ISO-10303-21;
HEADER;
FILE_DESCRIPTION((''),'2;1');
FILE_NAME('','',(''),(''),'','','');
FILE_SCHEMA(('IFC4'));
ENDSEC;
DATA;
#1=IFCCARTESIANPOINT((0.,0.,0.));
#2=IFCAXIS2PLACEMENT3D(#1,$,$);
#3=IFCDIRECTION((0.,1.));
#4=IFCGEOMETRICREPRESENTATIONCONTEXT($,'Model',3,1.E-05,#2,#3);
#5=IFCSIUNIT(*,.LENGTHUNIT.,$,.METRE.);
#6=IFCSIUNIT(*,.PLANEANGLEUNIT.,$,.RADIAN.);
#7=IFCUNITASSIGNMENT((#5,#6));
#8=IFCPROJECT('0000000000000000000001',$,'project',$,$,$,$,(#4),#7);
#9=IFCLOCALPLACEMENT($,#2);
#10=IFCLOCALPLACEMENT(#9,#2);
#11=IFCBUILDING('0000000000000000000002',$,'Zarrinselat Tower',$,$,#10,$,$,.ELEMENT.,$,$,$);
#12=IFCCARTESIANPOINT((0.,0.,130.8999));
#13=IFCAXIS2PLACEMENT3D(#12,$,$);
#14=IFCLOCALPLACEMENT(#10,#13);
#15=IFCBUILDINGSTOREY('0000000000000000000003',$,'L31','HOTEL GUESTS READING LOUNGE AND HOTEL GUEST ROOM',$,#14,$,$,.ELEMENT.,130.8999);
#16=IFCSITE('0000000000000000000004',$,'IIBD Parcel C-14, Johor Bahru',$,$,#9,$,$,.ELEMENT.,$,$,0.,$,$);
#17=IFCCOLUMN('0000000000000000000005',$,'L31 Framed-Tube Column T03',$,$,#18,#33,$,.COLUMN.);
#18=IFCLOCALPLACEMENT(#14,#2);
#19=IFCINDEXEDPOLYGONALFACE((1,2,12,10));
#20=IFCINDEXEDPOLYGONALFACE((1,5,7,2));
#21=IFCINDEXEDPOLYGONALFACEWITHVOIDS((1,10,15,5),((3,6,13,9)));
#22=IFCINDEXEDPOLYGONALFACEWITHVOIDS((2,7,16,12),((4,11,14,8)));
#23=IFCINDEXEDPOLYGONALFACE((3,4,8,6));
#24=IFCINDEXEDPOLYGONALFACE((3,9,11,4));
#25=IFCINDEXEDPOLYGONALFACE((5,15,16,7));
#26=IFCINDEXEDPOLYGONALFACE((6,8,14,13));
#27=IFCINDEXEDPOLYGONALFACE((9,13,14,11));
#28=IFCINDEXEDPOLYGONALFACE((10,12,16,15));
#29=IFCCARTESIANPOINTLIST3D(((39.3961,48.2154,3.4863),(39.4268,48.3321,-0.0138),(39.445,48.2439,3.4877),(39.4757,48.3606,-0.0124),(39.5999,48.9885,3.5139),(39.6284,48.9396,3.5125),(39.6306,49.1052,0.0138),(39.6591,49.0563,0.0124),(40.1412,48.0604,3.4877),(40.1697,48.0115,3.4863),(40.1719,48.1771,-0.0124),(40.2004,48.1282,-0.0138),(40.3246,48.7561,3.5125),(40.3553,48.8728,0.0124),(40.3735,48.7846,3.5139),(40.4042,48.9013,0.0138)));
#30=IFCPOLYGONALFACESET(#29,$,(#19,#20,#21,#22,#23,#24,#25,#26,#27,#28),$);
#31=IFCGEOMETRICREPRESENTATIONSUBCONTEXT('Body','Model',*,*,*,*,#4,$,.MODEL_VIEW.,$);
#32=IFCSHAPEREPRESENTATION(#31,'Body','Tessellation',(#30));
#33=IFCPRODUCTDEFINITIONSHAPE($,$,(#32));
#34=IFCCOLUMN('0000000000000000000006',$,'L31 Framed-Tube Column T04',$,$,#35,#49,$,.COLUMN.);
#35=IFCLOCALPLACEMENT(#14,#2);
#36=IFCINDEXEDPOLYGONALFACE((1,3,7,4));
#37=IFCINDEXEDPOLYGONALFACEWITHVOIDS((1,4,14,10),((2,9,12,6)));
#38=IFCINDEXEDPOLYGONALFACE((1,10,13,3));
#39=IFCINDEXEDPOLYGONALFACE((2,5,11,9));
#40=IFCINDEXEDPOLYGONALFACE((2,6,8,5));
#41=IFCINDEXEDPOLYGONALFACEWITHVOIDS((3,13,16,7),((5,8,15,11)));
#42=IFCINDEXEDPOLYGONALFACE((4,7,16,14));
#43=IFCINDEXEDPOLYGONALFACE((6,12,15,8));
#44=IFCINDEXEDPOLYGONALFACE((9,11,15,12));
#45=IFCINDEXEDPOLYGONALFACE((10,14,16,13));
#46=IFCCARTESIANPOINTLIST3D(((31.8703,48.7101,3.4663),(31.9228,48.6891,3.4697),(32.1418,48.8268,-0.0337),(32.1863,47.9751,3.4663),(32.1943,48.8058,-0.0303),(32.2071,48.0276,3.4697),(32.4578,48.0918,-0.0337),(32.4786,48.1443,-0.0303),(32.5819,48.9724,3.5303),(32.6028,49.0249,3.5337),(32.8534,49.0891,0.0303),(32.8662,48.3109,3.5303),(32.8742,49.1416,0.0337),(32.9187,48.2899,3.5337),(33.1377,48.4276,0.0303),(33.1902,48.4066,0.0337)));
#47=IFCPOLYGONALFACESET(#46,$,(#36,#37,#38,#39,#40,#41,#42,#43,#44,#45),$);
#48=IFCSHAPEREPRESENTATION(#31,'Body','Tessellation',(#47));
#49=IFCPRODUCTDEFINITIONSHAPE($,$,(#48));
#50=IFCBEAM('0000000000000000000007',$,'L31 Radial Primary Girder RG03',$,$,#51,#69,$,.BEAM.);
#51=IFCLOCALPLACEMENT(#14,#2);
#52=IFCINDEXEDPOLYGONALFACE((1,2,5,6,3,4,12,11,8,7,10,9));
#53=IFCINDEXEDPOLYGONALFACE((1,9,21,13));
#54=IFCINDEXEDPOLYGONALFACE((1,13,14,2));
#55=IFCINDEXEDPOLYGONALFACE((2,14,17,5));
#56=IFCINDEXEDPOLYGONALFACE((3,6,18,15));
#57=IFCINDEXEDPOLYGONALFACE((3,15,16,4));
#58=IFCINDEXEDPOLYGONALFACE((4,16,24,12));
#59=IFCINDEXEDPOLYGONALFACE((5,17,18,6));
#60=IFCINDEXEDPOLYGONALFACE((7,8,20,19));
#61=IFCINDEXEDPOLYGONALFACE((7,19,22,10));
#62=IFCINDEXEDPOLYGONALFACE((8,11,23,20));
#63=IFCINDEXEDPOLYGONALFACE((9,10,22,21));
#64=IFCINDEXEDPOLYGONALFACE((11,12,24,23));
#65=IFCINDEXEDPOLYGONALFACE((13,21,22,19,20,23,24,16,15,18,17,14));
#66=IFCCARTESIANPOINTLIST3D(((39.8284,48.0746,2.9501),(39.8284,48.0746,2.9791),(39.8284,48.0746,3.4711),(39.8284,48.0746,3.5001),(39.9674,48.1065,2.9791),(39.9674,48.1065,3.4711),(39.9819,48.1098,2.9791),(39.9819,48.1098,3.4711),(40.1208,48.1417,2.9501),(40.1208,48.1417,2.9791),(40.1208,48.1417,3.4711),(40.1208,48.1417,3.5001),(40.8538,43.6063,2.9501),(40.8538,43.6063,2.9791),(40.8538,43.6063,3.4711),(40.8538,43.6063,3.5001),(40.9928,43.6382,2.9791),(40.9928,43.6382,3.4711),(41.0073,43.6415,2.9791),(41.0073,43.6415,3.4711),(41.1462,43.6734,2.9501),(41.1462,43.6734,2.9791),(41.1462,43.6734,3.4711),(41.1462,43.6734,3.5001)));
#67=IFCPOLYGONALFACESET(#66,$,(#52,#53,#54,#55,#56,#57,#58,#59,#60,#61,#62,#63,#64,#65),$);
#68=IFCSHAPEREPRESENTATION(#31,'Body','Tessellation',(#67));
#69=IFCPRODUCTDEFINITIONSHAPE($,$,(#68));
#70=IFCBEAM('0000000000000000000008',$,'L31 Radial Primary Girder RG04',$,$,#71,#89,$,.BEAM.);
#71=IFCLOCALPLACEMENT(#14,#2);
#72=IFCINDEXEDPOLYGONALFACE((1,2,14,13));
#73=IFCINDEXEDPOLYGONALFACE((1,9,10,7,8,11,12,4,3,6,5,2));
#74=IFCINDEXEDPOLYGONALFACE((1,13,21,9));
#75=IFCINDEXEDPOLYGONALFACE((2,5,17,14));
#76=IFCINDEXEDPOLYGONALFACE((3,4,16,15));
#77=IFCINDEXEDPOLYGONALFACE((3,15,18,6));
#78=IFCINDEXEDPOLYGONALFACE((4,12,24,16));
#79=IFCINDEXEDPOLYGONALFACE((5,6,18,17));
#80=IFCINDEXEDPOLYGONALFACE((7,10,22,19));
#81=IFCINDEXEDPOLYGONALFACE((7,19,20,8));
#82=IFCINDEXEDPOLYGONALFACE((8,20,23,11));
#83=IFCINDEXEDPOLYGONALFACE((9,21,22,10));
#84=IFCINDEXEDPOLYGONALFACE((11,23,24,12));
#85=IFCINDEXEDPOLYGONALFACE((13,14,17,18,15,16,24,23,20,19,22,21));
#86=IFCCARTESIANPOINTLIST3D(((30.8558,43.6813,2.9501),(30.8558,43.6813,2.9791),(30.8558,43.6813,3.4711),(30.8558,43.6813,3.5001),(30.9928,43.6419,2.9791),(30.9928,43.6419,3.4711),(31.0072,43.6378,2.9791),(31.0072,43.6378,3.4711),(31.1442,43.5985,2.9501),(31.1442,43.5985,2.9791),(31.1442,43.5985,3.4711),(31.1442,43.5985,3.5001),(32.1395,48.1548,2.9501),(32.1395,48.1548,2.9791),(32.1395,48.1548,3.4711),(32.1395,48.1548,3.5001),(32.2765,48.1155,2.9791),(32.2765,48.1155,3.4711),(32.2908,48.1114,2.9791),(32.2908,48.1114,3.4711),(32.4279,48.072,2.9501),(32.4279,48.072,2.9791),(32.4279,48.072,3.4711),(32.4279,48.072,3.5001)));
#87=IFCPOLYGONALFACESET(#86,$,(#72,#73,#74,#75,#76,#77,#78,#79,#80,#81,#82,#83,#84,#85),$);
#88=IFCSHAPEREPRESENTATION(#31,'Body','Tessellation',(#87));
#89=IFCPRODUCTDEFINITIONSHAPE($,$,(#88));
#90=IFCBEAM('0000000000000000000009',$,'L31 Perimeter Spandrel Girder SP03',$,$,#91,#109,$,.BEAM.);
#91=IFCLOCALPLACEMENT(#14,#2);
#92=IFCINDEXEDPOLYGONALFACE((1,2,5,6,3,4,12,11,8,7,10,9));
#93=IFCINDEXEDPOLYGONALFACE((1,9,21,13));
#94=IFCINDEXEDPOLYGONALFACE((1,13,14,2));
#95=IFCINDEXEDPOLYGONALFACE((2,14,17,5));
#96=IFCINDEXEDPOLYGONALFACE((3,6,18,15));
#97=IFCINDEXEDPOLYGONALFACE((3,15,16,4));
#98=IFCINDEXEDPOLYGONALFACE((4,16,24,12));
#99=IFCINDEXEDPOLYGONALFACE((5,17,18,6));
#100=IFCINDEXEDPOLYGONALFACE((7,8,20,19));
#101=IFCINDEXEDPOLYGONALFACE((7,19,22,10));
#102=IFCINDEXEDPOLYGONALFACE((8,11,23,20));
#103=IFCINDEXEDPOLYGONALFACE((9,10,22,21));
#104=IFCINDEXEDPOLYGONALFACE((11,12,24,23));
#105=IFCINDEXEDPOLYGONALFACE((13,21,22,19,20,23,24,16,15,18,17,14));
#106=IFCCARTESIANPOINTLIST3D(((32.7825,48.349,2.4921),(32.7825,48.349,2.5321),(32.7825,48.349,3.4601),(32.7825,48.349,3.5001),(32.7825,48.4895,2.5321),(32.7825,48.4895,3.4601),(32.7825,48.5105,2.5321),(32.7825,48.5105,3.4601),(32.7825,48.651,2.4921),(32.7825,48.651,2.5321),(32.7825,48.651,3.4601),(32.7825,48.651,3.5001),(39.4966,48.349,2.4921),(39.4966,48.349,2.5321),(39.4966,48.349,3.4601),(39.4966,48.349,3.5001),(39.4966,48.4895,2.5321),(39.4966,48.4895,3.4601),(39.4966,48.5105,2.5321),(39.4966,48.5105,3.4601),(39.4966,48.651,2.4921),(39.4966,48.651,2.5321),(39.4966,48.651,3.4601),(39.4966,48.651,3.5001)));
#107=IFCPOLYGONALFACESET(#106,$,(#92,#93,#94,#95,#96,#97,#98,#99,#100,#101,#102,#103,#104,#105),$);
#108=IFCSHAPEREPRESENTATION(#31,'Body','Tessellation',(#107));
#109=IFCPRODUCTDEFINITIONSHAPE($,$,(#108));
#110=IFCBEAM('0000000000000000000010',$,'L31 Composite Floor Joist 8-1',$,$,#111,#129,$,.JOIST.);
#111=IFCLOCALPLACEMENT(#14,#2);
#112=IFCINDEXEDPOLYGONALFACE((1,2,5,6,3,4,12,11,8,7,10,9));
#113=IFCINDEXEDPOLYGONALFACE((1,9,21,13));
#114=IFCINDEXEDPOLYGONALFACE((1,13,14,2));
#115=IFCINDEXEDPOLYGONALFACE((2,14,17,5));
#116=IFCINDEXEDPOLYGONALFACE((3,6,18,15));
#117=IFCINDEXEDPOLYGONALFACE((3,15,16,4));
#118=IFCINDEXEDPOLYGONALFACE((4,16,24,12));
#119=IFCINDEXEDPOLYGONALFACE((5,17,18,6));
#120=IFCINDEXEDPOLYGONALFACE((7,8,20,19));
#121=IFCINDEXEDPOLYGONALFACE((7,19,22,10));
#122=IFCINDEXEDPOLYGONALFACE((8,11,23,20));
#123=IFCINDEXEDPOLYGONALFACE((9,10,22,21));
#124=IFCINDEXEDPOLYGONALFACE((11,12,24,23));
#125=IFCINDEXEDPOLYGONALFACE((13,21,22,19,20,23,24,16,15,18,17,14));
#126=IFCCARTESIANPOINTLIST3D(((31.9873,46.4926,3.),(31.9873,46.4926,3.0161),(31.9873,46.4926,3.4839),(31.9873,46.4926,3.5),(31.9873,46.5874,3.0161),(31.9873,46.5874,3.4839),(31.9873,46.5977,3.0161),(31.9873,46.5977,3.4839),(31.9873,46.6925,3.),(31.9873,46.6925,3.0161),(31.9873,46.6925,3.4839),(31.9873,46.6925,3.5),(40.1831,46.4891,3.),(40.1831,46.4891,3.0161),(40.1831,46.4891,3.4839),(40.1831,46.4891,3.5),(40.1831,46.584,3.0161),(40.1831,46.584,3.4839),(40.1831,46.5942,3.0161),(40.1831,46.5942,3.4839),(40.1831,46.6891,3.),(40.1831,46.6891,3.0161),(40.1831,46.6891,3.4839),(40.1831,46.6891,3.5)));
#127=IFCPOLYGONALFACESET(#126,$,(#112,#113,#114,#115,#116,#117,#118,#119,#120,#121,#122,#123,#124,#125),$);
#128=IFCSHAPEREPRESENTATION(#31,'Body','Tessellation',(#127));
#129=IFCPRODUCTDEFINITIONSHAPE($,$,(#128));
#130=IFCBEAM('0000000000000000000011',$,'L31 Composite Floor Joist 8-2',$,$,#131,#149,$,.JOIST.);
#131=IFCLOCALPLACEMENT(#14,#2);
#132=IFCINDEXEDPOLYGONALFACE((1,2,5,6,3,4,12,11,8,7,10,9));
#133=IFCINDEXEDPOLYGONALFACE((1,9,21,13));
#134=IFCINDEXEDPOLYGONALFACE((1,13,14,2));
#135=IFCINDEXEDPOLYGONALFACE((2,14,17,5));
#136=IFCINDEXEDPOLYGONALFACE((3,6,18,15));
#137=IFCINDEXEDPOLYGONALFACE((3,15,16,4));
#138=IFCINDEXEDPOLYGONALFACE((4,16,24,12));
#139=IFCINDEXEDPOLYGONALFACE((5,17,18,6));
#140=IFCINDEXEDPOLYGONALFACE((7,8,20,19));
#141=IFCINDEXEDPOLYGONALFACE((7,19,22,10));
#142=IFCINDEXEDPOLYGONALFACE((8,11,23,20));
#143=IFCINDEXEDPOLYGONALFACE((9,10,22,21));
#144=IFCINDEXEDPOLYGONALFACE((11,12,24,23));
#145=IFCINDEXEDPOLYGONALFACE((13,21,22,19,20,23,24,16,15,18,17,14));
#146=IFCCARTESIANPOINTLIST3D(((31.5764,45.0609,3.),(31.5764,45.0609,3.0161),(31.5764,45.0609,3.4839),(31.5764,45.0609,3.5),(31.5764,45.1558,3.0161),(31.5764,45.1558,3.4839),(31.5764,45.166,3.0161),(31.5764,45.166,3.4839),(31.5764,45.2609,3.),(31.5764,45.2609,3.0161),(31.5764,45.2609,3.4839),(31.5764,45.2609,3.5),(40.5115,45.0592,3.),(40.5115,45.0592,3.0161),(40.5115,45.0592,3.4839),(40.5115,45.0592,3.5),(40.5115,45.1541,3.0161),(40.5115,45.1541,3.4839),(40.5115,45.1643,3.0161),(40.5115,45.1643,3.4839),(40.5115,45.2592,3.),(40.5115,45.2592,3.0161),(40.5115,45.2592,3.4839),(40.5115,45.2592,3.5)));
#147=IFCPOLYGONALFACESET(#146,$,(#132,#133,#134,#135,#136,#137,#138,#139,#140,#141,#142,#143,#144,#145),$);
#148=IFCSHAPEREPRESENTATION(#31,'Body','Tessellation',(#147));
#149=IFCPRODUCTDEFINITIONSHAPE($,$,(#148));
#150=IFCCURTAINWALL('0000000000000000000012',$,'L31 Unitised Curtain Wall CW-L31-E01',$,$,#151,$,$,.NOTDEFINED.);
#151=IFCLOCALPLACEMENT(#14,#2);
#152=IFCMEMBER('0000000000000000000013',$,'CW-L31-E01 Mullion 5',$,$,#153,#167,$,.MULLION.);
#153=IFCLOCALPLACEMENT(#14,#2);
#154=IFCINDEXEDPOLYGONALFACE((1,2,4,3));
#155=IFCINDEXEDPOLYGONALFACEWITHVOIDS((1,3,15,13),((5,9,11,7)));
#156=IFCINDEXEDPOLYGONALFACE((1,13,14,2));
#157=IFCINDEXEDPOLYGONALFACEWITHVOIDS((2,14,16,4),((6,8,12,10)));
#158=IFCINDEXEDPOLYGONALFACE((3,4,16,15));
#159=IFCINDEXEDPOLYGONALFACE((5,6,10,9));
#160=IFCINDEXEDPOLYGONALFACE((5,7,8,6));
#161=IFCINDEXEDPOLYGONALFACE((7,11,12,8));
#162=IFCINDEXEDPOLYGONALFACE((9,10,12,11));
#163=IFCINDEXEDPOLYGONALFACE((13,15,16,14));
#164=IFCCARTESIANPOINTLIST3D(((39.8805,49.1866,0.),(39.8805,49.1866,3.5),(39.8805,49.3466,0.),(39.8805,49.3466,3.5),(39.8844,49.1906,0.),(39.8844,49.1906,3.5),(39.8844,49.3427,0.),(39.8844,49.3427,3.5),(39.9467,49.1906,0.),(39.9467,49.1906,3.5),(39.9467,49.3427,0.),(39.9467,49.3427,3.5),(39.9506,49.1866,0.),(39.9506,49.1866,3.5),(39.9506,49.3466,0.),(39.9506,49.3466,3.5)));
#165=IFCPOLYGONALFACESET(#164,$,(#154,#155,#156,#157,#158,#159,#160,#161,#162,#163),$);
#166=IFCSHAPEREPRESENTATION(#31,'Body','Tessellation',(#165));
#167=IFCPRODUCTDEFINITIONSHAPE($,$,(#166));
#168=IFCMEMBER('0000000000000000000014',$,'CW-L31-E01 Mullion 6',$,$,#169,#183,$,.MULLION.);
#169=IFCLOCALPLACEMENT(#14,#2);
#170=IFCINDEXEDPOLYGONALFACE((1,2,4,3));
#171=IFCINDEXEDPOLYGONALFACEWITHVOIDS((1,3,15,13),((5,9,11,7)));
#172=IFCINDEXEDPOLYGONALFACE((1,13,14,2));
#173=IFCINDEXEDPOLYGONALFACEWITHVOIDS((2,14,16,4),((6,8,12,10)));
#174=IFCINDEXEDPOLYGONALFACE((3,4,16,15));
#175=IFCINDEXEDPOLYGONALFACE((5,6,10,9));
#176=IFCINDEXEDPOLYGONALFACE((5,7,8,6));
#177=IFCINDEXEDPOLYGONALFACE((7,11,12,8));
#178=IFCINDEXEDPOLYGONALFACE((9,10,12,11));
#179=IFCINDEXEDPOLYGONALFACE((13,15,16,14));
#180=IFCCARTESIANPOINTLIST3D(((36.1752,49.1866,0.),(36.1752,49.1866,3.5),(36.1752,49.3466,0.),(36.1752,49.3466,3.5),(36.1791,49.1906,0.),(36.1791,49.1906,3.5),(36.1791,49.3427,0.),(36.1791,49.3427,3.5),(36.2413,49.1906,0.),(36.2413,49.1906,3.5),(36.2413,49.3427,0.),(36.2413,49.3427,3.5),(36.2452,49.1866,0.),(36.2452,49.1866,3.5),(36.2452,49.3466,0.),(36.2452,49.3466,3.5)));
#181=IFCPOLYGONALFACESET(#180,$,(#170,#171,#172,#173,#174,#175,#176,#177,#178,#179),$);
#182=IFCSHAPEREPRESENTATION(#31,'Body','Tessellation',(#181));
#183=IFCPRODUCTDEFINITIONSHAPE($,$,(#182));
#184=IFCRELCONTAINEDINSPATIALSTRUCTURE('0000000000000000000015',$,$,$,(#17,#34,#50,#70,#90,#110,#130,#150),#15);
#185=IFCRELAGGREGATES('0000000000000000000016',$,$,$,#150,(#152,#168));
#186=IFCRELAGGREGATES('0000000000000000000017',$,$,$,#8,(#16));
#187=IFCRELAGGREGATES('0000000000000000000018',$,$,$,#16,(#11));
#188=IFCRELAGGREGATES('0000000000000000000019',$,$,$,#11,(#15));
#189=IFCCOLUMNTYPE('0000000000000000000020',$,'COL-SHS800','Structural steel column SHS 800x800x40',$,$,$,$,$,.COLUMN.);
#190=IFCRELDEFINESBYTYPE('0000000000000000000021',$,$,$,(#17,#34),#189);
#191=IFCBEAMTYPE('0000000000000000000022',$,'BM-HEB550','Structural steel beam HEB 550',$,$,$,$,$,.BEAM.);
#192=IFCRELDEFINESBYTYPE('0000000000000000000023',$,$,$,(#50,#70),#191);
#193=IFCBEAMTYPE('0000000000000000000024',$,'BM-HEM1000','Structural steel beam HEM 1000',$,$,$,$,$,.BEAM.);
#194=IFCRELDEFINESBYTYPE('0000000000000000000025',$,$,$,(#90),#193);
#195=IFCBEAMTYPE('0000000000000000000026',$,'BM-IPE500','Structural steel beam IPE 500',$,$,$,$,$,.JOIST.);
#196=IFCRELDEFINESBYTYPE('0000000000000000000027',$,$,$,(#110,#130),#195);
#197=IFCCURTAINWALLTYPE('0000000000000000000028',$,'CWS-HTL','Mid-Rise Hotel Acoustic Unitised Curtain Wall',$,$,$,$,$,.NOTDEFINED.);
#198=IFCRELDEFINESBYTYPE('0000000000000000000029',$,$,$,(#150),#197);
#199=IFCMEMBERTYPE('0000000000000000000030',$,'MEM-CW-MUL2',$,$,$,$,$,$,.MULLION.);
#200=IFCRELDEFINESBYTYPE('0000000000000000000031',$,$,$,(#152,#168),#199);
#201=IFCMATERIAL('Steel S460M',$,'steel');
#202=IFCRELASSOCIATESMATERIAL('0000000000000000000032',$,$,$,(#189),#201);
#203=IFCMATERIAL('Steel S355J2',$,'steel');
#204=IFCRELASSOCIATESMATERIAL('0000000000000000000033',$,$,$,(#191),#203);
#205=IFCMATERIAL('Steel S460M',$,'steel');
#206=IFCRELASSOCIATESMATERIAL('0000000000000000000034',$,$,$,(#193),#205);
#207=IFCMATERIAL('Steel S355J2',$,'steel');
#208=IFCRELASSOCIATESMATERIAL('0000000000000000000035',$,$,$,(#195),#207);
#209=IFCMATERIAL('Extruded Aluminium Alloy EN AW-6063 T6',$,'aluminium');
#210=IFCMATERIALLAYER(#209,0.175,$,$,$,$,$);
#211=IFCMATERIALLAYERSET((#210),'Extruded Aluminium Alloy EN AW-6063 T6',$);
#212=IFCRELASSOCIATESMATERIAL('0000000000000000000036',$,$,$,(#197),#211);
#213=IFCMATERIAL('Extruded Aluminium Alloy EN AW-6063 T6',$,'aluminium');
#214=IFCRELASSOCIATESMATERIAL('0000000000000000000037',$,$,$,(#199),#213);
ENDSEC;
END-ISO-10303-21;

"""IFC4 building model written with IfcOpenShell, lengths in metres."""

from ifc_helpers import new_model, si_unit, direction, frame, origin, origin_2d, place, context, subcontext, project, spatial, hollow_rectangle, i_section, extrude, material, layer, layer_set, material_profile, profile_set, type_object, element, aggregate, save


model = new_model("IFC4")

# Units and contexts
model_context = context("Model", 3, precision=1e-05, world=origin(), true_north=direction((0.0, 1.0)))
body_context = subcontext(model_context, "Body", "Model", "MODEL_VIEW")
ifc_project = project(units=[si_unit("LENGTHUNIT", "METRE"), si_unit("PLANEANGLEUNIT", "RADIAN")], contexts=[model_context])

# Site, building, storey
site_placement = place(None, origin())
site = spatial("IfcSite", under=ifc_project, at=site_placement, Name="IIBD Parcel C-14, Johor Bahru", CompositionType="ELEMENT", RefElevation=0.0)
building_placement = place(site_placement, origin())
building = spatial("IfcBuilding", under=site, at=building_placement, Name="Zarrinselat Tower", CompositionType="ELEMENT")
storey_placement = place(building_placement, frame((0.0, 0.0, 130.8999)))
storey = spatial("IfcBuildingStorey", under=building, at=storey_placement, Name="L31", Description="HOTEL GUESTS READING LOUNGE AND HOTEL GUEST ROOM", CompositionType="ELEMENT", Elevation=130.8999)

# Columns
ifc_material_1 = material(Name="Steel S460M", Category="steel")
ifc_material_profile_1 = material_profile(ifc_material_1, hollow_rectangle(XDim=0.8, YDim=0.8, WallThickness=0.04, at=origin_2d()), Name="SHS 800x800x40")
ifc_profile_set_1 = profile_set([ifc_material_profile_1], Name="Steel S460M")
column_type = type_object("IfcColumnType", Name="COL-SHS800", Description="Structural steel column SHS 800x800x40", PredefinedType="COLUMN", material=ifc_profile_set_1)
column_1_placement = place(storey_placement, frame((39.9155, 48.6167, 0.0), z_axis=(-0.008784, -0.033323, 0.999406), x_axis=(0.96697, -0.254892, 0.0)))
element("IfcColumn", 1, at=column_1_placement, inside=storey, type_object=column_type, Name="L31 Framed-Tube Column T03", PredefinedType="COLUMN", context=body_context, shape_type="SweptSolid", body=[
    extrude(hollow_rectangle(XDim=0.8, YDim=0.8, WallThickness=0.04, at=origin_2d()), origin(), (0.0, 0.0, 1.0), 3.5022),
])
column_2_placement = place(storey_placement, frame((32.666, 48.6167, 0.0), z_axis=(-0.077292, -0.033224, 0.996455), x_axis=(0.394916, -0.918717, 0.0)))
element("IfcColumn", 2, at=column_2_placement, inside=storey, type_object=column_type, Name="L31 Framed-Tube Column T04", PredefinedType="COLUMN", context=body_context, shape_type="SweptSolid", body=[
    extrude(hollow_rectangle(XDim=0.8, YDim=0.8, WallThickness=0.04, at=origin_2d()), origin(), (0.0, 0.0, 1.0), 3.5125),
])

# Beams
ifc_material_2 = material(Name="Steel S355J2", Category="steel")
ifc_material_profile_2 = material_profile(ifc_material_2, i_section(OverallWidth=0.3, OverallDepth=0.55, WebThickness=0.0149, FlangeThickness=0.0291, at=origin_2d()), Name="HEB 550")
ifc_profile_set_2 = profile_set([ifc_material_profile_2], Name="Steel S355J2")
beam_type_1 = type_object("IfcBeamType", Name="BM-HEB550", Description="Structural steel beam HEB 550", PredefinedType="BEAM", material=ifc_profile_set_2)
beam_1_placement = place(storey_placement, frame((39.9746, 48.1082, 3.2251), z_axis=(0.223669, -0.974665, 0.0), x_axis=(0.974665, 0.223669, 0.0)))
element("IfcBeam", 3, at=beam_1_placement, inside=storey, type_object=beam_type_1, Name="L31 Radial Primary Girder RG03", PredefinedType="BEAM", context=body_context, shape_type="SweptSolid", body=[
    extrude(i_section(OverallWidth=0.3, OverallDepth=0.55, WebThickness=0.0149, FlangeThickness=0.0291, at=origin_2d()), origin(), (0.0, 0.0, 1.0), 4.5845),
])
beam_2_placement = place(storey_placement, frame((31.0, 43.6399, 3.2251), z_axis=(0.275816, 0.961211, 0.0), x_axis=(-0.961211, 0.275816, 0.0)))
element("IfcBeam", 4, at=beam_2_placement, inside=storey, type_object=beam_type_1, Name="L31 Radial Primary Girder RG04", PredefinedType="BEAM", context=body_context, shape_type="SweptSolid", body=[
    extrude(i_section(OverallWidth=0.3, OverallDepth=0.55, WebThickness=0.0149, FlangeThickness=0.0291, at=origin_2d()), origin(), (0.0, 0.0, 1.0), 4.6541),
])
ifc_material_3 = material(Name="Steel S460M", Category="steel")
ifc_material_profile_3 = material_profile(ifc_material_3, i_section(OverallWidth=0.302, OverallDepth=1.0081, WebThickness=0.021, FlangeThickness=0.04, at=origin_2d()), Name="HEM 1000")
ifc_profile_set_3 = profile_set([ifc_material_profile_3], Name="Steel S460M")
beam_type_2 = type_object("IfcBeamType", Name="BM-HEM1000", Description="Structural steel beam HEM 1000", PredefinedType="BEAM", material=ifc_profile_set_3)
beam_3_placement = place(storey_placement, frame((32.7825, 48.5, 2.9961), z_axis=(1.0, 0.0, 0.0), x_axis=(0.0, 1.0, 0.0)))
element("IfcBeam", 5, at=beam_3_placement, inside=storey, type_object=beam_type_2, Name="L31 Perimeter Spandrel Girder SP03", PredefinedType="BEAM", context=body_context, shape_type="SweptSolid", body=[
    extrude(i_section(OverallWidth=0.302, OverallDepth=1.0081, WebThickness=0.021, FlangeThickness=0.04, at=origin_2d()), origin(), (0.0, 0.0, 1.0), 6.7141),
])
ifc_material_4 = material(Name="Steel S355J2", Category="steel")
ifc_material_profile_4 = material_profile(ifc_material_4, i_section(OverallWidth=0.2, OverallDepth=0.5, WebThickness=0.0103, FlangeThickness=0.0161, at=origin_2d()), Name="IPE 500")
ifc_profile_set_4 = profile_set([ifc_material_profile_4], Name="Steel S355J2")
beam_type_3 = type_object("IfcBeamType", Name="BM-IPE500", Description="Structural steel beam IPE 500", PredefinedType="JOIST", material=ifc_profile_set_4)
beam_4_placement = place(storey_placement, frame((31.9873, 46.5925, 3.25), z_axis=(1.0, -0.000417, 0.0), x_axis=(0.000417, 1.0, 0.0)))
element("IfcBeam", 6, at=beam_4_placement, inside=storey, type_object=beam_type_3, Name="L31 Composite Floor Joist 8-1", PredefinedType="JOIST", context=body_context, shape_type="SweptSolid", body=[
    extrude(i_section(OverallWidth=0.2, OverallDepth=0.5, WebThickness=0.0103, FlangeThickness=0.0161, at=origin_2d()), origin(), (0.0, 0.0, 1.0), 8.1958),
])
beam_5_placement = place(storey_placement, frame((31.5764, 45.1609, 3.25), z_axis=(1.0, -0.000191, 0.0), x_axis=(0.000191, 1.0, 0.0)))
element("IfcBeam", 7, at=beam_5_placement, inside=storey, type_object=beam_type_3, Name="L31 Composite Floor Joist 8-2", PredefinedType="JOIST", context=body_context, shape_type="SweptSolid", body=[
    extrude(i_section(OverallWidth=0.2, OverallDepth=0.5, WebThickness=0.0103, FlangeThickness=0.0161, at=origin_2d()), origin(), (0.0, 0.0, 1.0), 8.9351),
])

# Curtain wall, members
ifc_material_5 = material(Name="Extruded Aluminium Alloy EN AW-6063 T6", Category="aluminium")
ifc_layer_1 = layer(ifc_material_5, 0.175)
ifc_layer_set_1 = layer_set([ifc_layer_1], Name="Extruded Aluminium Alloy EN AW-6063 T6")
curtain_wall_type = type_object("IfcCurtainWallType", Name="CWS-HTL", Description="Mid-Rise Hotel Acoustic Unitised Curtain Wall", PredefinedType="NOTDEFINED", material=ifc_layer_set_1)
curtain_wall_placement = place(storey_placement, origin())
curtain_wall = element("IfcCurtainWall", 8, at=curtain_wall_placement, inside=storey, type_object=curtain_wall_type, Name="L31 Unitised Curtain Wall CW-L31-E01", PredefinedType="NOTDEFINED")
ifc_material_6 = material(Name="Extruded Aluminium Alloy EN AW-6063 T6", Category="aluminium")
ifc_material_profile_5 = material_profile(ifc_material_6, hollow_rectangle(XDim=0.0701, YDim=0.1599, WallThickness=0.0039, at=origin_2d()), Name="RHS 160x70x4")
ifc_profile_set_5 = profile_set([ifc_material_profile_5], Name="Extruded Aluminium Alloy EN AW-6063 T6")
member_type_1 = type_object("IfcMemberType", Name="MEM-CW-MUL2", PredefinedType="MULLION", material=ifc_profile_set_5)
member_1_placement = place(storey_placement, frame((39.9155, 49.2666, 0.0), z_axis=(0.0, 0.0, 1.0), x_axis=(-1.0, 0.0, 0.0)))
member_1 = element("IfcMember", 9, at=member_1_placement, type_object=member_type_1, Name="CW-L31-E01 Mullion 5", PredefinedType="MULLION", context=body_context, shape_type="SweptSolid", body=[
    extrude(hollow_rectangle(XDim=0.0701, YDim=0.1599, WallThickness=0.0039, at=origin_2d()), origin(), (0.0, 0.0, 1.0), 3.5),
])
member_2_placement = place(storey_placement, frame((36.2102, 49.2666, 0.0), z_axis=(0.0, 0.0, 1.0), x_axis=(-1.0, 0.0, 0.0)))
member_2 = element("IfcMember", 10, at=member_2_placement, type_object=member_type_1, Name="CW-L31-E01 Mullion 6", PredefinedType="MULLION", context=body_context, shape_type="SweptSolid", body=[
    extrude(hollow_rectangle(XDim=0.0701, YDim=0.1599, WallThickness=0.0039, at=origin_2d()), origin(), (0.0, 0.0, 1.0), 3.5),
])
aggregate(curtain_wall, [member_1, member_2])

save(model, "model.ifc")
